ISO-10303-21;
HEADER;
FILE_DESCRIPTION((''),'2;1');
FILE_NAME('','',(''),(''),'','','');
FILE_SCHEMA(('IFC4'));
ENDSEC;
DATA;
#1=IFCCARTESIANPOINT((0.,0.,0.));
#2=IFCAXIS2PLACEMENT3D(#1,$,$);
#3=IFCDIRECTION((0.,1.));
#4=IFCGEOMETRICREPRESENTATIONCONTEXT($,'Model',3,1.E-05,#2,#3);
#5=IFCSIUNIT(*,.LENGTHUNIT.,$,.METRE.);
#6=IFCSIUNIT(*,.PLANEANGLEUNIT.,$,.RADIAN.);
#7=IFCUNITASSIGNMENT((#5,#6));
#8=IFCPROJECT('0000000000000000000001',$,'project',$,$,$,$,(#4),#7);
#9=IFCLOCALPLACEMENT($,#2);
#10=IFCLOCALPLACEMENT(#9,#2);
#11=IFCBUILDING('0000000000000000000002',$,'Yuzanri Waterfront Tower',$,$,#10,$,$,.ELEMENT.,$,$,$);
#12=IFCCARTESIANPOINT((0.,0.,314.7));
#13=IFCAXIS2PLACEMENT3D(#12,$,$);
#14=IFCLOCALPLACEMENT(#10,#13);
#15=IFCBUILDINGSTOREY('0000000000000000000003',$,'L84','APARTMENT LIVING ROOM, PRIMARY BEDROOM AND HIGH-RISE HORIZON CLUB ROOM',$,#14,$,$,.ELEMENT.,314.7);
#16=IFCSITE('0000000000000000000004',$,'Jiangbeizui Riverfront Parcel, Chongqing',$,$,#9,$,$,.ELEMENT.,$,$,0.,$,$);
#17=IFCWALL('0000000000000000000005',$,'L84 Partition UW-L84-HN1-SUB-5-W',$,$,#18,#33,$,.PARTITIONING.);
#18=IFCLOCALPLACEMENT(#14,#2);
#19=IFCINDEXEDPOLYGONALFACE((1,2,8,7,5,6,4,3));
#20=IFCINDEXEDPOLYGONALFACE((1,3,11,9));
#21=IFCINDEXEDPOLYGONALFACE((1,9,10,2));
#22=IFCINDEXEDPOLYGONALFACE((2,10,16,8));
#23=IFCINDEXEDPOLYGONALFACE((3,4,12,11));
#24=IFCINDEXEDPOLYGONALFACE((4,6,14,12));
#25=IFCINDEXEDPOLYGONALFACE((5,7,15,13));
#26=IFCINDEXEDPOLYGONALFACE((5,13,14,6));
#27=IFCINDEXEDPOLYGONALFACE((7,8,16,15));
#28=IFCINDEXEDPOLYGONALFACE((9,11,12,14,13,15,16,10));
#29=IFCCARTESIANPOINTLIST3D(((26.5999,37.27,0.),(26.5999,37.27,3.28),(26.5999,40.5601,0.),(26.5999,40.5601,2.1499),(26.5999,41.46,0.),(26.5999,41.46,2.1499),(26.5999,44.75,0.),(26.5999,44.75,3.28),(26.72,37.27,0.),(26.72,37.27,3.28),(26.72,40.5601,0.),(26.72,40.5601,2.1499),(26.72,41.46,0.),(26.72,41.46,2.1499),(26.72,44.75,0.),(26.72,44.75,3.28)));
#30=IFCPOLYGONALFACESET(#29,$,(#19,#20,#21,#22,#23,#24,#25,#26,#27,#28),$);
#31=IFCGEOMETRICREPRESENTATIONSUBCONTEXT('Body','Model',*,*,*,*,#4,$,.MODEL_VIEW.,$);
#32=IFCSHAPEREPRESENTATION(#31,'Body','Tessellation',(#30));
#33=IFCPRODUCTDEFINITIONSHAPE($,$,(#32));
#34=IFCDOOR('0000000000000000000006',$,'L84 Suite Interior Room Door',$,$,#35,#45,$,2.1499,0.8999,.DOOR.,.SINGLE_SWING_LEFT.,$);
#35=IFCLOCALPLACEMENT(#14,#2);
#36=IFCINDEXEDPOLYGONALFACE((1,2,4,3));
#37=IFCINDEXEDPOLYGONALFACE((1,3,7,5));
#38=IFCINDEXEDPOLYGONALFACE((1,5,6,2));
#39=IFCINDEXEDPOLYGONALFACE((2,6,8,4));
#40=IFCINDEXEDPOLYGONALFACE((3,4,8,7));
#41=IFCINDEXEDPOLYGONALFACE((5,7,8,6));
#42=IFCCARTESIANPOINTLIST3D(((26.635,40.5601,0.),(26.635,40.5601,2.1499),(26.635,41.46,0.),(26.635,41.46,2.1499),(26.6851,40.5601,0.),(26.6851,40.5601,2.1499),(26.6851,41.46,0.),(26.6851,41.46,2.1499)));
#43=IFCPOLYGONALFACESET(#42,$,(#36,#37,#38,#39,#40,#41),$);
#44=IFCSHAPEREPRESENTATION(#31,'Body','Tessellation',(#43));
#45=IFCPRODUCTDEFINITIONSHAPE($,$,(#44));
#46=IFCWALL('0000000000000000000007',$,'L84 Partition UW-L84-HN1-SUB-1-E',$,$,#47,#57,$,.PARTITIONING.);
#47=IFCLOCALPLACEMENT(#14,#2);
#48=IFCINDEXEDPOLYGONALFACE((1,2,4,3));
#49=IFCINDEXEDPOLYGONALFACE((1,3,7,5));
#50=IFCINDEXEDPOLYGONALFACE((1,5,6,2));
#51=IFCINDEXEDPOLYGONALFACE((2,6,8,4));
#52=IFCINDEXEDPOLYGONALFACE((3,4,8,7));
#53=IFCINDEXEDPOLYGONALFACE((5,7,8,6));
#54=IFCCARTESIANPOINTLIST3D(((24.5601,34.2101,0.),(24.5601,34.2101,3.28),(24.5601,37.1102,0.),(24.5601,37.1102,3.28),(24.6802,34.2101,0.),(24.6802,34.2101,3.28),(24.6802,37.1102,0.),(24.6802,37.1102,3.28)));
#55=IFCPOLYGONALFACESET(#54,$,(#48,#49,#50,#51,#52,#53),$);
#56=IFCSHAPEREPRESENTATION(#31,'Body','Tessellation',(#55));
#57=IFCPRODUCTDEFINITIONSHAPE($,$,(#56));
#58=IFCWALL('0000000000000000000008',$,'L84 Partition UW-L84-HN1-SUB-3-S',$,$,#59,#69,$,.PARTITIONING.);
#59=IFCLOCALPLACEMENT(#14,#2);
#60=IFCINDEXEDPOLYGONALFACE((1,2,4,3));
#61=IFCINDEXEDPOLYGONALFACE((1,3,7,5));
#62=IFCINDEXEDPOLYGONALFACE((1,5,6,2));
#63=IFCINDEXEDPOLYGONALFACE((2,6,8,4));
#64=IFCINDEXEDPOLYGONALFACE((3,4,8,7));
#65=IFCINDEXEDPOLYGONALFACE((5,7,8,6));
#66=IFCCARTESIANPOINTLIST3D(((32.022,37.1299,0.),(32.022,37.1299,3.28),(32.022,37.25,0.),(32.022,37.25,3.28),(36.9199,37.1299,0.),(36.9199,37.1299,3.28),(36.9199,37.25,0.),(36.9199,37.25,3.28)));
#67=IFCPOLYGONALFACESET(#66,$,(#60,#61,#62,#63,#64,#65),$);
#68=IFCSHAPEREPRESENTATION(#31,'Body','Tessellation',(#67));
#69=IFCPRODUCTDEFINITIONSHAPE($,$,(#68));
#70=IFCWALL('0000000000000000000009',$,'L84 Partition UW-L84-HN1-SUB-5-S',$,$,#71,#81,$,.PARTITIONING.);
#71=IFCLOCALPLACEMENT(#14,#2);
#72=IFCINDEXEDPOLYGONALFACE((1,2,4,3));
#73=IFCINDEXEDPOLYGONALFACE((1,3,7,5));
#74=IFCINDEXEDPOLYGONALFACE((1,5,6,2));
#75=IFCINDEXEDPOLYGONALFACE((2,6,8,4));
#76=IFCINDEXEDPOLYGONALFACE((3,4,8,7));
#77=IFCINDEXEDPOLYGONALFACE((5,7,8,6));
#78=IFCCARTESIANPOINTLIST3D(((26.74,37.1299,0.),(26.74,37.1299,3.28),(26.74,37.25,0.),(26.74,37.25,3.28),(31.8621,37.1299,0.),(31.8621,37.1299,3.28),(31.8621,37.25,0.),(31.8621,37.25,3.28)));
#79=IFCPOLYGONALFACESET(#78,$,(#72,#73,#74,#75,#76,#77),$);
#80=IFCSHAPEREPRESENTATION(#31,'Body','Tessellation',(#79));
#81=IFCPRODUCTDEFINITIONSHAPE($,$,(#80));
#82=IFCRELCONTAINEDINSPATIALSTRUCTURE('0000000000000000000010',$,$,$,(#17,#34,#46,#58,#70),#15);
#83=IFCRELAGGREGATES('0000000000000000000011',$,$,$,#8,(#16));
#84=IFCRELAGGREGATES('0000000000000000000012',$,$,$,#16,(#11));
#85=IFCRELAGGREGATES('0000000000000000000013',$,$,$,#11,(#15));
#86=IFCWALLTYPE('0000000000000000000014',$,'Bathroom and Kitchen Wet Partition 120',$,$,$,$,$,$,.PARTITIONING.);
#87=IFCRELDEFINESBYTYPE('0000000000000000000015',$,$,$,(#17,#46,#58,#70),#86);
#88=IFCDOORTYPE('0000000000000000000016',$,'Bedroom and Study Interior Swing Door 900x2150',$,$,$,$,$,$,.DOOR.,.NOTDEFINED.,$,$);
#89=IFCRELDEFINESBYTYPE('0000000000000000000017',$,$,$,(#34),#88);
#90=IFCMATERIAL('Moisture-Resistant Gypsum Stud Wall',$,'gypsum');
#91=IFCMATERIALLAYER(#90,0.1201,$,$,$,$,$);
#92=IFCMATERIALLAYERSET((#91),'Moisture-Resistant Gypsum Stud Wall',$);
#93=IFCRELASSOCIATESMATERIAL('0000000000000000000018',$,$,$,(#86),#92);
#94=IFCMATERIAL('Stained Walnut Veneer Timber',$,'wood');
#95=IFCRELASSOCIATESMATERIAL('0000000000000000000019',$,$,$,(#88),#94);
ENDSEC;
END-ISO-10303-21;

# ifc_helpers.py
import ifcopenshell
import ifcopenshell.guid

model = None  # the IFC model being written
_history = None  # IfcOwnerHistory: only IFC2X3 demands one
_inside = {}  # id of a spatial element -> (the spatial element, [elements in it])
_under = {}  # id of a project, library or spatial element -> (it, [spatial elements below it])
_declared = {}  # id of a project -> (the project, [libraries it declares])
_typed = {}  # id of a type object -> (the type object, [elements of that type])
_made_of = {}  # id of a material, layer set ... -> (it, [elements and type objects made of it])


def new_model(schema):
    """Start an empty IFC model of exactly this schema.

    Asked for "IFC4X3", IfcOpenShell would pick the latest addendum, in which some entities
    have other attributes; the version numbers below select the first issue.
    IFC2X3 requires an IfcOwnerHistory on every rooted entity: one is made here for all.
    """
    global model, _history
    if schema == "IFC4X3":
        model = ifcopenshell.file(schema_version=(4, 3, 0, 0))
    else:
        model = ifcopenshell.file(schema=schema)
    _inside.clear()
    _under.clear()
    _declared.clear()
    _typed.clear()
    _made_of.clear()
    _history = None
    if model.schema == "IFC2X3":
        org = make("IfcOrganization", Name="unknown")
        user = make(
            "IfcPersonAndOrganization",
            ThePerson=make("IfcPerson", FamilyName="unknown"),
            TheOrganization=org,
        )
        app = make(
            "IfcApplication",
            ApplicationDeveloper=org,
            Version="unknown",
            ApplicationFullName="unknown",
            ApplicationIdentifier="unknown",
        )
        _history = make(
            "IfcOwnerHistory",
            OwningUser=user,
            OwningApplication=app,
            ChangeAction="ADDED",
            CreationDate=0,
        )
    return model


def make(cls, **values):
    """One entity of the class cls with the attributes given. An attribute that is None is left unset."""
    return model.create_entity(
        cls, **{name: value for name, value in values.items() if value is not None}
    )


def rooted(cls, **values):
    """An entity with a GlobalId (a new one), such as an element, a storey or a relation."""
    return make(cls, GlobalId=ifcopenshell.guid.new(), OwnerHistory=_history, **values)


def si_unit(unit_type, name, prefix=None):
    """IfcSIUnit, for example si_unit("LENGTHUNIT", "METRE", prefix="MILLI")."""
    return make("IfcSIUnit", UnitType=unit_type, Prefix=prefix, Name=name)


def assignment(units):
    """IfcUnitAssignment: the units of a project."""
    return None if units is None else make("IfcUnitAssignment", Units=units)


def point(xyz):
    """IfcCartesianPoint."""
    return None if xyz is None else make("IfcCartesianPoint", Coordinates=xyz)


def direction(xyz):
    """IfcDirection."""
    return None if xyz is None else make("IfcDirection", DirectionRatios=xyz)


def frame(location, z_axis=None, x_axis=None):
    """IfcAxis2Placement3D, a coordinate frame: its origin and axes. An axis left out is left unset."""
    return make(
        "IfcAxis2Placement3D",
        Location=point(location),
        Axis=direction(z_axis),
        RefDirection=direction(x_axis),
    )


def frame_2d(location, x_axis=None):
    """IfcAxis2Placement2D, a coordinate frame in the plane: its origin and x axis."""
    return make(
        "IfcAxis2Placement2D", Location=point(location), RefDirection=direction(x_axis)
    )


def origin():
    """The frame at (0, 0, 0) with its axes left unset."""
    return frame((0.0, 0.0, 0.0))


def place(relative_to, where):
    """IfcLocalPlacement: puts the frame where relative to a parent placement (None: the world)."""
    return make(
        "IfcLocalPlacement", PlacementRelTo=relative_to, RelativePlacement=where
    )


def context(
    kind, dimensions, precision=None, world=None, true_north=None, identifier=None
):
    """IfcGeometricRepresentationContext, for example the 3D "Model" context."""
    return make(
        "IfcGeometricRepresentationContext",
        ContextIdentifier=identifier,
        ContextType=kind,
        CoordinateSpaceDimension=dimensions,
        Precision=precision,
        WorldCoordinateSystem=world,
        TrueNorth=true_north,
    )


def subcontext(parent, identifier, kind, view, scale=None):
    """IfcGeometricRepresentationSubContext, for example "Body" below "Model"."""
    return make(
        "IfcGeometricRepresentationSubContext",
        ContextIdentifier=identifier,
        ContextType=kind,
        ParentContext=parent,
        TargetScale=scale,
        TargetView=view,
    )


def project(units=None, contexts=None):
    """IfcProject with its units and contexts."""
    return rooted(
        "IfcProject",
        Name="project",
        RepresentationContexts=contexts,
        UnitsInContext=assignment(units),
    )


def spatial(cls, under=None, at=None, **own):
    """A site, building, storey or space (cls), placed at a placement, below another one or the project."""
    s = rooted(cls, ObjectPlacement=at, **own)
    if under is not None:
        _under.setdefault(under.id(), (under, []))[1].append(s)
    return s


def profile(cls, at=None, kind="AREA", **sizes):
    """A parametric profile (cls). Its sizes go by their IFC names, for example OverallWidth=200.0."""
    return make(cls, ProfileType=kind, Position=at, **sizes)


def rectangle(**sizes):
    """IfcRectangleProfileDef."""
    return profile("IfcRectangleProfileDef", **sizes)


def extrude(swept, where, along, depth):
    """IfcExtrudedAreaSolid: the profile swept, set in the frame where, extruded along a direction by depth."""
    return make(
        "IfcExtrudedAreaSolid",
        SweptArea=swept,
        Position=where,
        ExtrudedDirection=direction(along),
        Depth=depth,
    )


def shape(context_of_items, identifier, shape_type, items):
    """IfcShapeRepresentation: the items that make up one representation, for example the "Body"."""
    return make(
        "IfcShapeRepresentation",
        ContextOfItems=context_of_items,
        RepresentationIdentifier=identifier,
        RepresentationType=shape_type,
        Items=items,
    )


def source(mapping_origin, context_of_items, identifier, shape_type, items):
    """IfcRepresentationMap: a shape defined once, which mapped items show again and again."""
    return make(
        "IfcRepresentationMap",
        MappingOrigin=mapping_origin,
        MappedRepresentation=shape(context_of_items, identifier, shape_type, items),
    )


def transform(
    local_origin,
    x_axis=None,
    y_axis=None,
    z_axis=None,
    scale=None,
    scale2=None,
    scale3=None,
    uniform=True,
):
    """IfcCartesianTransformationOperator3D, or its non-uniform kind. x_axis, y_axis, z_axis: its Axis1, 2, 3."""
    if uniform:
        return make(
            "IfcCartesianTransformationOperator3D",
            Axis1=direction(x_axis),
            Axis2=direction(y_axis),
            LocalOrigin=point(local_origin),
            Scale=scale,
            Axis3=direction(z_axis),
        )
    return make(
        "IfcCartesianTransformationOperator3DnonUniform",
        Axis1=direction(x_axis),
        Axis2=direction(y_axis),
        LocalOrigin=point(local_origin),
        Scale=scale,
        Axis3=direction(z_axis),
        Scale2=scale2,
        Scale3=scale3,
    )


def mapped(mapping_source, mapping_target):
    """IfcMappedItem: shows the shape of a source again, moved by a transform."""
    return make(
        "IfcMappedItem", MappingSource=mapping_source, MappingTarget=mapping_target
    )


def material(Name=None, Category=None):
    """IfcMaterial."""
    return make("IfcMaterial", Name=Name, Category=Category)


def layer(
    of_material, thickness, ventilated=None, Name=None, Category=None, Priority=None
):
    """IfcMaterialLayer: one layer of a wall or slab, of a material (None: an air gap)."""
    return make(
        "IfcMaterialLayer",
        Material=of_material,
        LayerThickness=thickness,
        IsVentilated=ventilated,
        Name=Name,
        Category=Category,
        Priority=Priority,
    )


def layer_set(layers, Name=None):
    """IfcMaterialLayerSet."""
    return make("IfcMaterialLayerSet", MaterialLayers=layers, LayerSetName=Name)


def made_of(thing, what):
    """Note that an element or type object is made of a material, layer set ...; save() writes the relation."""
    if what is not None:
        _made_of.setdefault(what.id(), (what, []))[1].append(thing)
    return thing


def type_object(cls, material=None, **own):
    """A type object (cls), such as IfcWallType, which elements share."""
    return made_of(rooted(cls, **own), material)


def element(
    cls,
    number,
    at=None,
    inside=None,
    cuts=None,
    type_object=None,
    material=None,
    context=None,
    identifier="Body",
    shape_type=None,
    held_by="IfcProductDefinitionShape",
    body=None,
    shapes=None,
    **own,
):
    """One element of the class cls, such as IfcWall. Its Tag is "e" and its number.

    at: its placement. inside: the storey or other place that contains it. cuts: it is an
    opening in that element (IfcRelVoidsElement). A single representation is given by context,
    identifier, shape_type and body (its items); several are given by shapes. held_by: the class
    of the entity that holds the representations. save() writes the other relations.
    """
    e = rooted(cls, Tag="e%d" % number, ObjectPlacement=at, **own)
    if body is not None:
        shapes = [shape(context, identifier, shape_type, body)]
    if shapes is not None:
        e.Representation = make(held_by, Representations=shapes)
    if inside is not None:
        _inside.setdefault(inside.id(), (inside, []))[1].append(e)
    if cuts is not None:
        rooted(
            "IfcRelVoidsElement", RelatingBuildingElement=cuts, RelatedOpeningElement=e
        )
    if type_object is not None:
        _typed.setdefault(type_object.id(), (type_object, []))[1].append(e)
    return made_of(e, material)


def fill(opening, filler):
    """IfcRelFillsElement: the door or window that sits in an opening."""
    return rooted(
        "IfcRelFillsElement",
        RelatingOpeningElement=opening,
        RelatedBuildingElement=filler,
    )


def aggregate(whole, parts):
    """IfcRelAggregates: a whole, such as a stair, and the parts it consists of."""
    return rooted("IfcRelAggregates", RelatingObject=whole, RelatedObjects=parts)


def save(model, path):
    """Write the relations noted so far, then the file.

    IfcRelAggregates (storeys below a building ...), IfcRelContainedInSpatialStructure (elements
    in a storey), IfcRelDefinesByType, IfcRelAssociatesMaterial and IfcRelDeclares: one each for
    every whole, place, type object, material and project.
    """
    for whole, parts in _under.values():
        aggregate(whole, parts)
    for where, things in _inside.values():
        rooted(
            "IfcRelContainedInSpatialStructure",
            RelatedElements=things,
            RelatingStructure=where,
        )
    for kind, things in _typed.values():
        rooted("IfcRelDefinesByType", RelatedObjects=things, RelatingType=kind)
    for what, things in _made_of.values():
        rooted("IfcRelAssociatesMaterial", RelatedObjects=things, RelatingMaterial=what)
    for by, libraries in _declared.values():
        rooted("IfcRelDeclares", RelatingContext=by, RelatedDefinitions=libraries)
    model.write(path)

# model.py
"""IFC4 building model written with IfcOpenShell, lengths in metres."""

from ifc_helpers import new_model, si_unit, direction, frame, frame_2d, origin, place, context, subcontext, project, spatial, rectangle, extrude, source, transform, mapped, material, layer, layer_set, type_object, element, fill, save


model = new_model("IFC4")

# Units and contexts
model_context = context("Model", 3, precision=1e-05, world=origin(), true_north=direction((0.0, 1.0)))
body_context = subcontext(model_context, "Body", "Model", "MODEL_VIEW")
ifc_project = project(units=[si_unit("LENGTHUNIT", "METRE"), si_unit("PLANEANGLEUNIT", "RADIAN")], contexts=[model_context])

# Site, building, storey
site_placement = place(None, origin())
site = spatial("IfcSite", under=ifc_project, at=site_placement, Name="Jiangbeizui Riverfront Parcel, Chongqing", CompositionType="ELEMENT", RefElevation=0.0)
building_placement = place(site_placement, origin())
building = spatial("IfcBuilding", under=site, at=building_placement, Name="Yuzanri Waterfront Tower", CompositionType="ELEMENT")
storey_placement = place(building_placement, frame((0.0, 0.0, 314.7)))
storey = spatial("IfcBuildingStorey", under=building, at=storey_placement, Name="L84", Description="APARTMENT LIVING ROOM, PRIMARY BEDROOM AND HIGH-RISE HORIZON CLUB ROOM", CompositionType="ELEMENT", Elevation=314.7)

# Wall, opening, door
ifc_material_1 = material(Name="Moisture-Resistant Gypsum Stud Wall", Category="gypsum")
ifc_layer_1 = layer(ifc_material_1, 0.1201)
ifc_layer_set_1 = layer_set([ifc_layer_1], Name="Moisture-Resistant Gypsum Stud Wall")
wall_type = type_object("IfcWallType", Name="Bathroom and Kitchen Wet Partition 120", PredefinedType="PARTITIONING", material=ifc_layer_set_1)
ifc_material_2 = material(Name="Stained Walnut Veneer Timber", Category="wood")
door_type_1 = type_object("IfcDoorType", Name="Bedroom and Study Interior Swing Door 900x2150", OperationType="NOTDEFINED", PredefinedType="DOOR", material=ifc_material_2)
shared_shape_1 = source(origin(), body_context, "Body", "SweptSolid", [
    extrude(rectangle(XDim=0.8999, YDim=2.1499, at=frame_2d((0.45, 1.075))), frame((0.0, 0.0249, 0.0), z_axis=(0.0, -1.0, 0.0), x_axis=(1.0, 0.0, 0.0)), (0.0, 0.0, 1.0), 0.05),
])
wall_1_placement = place(storey_placement, frame((26.6599, 37.27, 0.0), z_axis=(0.0, 0.0, 1.0), x_axis=(0.0, 1.0, 0.0)))
wall_1 = element("IfcWall", 1, at=wall_1_placement, inside=storey, type_object=wall_type, Name="L84 Partition UW-L84-HN1-SUB-5-W", PredefinedType="PARTITIONING", context=body_context, shape_type="SweptSolid", body=[
    extrude(rectangle(XDim=7.48, YDim=0.1201, at=frame_2d((3.74, 0.0))), origin(), (0.0, 0.0, 1.0), 3.28),
])
opening_1_placement = place(wall_1_placement, frame((3.29, 0.0, 0.0)))
opening_1 = element("IfcOpeningElement", 2, at=opening_1_placement, cuts=wall_1, PredefinedType="OPENING", context=body_context, shape_type="SweptSolid", body=[
    extrude(rectangle(XDim=0.8999, YDim=2.1499, at=frame_2d((0.45, 1.075))), frame((0.0, 0.075, 0.0), z_axis=(0.0, -1.0, 0.0), x_axis=(1.0, 0.0, 0.0)), (0.0, 0.0, 1.0), 0.1499),
])
door_1_placement = place(opening_1_placement, origin())
door_1 = element("IfcDoor", 3, at=door_1_placement, inside=storey, type_object=door_type_1, Name="L84 Suite Interior Room Door", OperationType="SINGLE_SWING_LEFT", OverallHeight=2.1499, OverallWidth=0.8999, PredefinedType="DOOR", context=body_context, shape_type="MappedRepresentation", body=[
    mapped(shared_shape_1, transform((0.0, 0.0, 0.0), scale=1.0)),
])
fill(opening_1, door_1)

# Walls
shared_shape_2 = source(origin(), body_context, "Body", "SweptSolid", [
    extrude(rectangle(XDim=2.9001, YDim=0.1201, at=frame_2d((1.4502, 0.0))), origin(), (0.0, 0.0, 1.0), 3.28),
])
wall_2_placement = place(storey_placement, frame((24.6201, 34.21, 0.0), z_axis=(0.0, 0.0, 1.0), x_axis=(0.0, 1.0, 0.0)))
element("IfcWall", 4, at=wall_2_placement, inside=storey, type_object=wall_type, Name="L84 Partition UW-L84-HN1-SUB-1-E", PredefinedType="PARTITIONING", context=body_context, shape_type="MappedRepresentation", body=[
    mapped(shared_shape_2, transform((0.0, 0.0, 0.0), scale=1.0)),
])
shared_shape_3 = source(origin(), body_context, "Body", "SweptSolid", [
    extrude(rectangle(XDim=4.8979, YDim=0.1201, at=frame_2d((2.449, 0.0))), origin(), (0.0, 0.0, 1.0), 3.28),
])
wall_3_placement = place(storey_placement, frame((32.022, 37.1899, 0.0), z_axis=(0.0, 0.0, 1.0), x_axis=(1.0, 0.0, 0.0)))
element("IfcWall", 5, at=wall_3_placement, inside=storey, type_object=wall_type, Name="L84 Partition UW-L84-HN1-SUB-3-S", PredefinedType="PARTITIONING", context=body_context, shape_type="MappedRepresentation", body=[
    mapped(shared_shape_3, transform((0.0, 0.0, 0.0), scale=1.0)),
])
shared_shape_4 = source(origin(), body_context, "Body", "SweptSolid", [
    extrude(rectangle(XDim=5.1221, YDim=0.1201, at=frame_2d((2.561, 0.0))), origin(), (0.0, 0.0, 1.0), 3.28),
])
wall_4_placement = place(storey_placement, frame((26.74, 37.1899, 0.0), z_axis=(0.0, 0.0, 1.0), x_axis=(1.0, 0.0, 0.0)))
element("IfcWall", 6, at=wall_4_placement, inside=storey, type_object=wall_type, Name="L84 Partition UW-L84-HN1-SUB-5-S", PredefinedType="PARTITIONING", context=body_context, shape_type="MappedRepresentation", body=[
    mapped(shared_shape_4, transform((0.0, 0.0, 0.0), scale=1.0)),
])

save(model, "model.ifc")
